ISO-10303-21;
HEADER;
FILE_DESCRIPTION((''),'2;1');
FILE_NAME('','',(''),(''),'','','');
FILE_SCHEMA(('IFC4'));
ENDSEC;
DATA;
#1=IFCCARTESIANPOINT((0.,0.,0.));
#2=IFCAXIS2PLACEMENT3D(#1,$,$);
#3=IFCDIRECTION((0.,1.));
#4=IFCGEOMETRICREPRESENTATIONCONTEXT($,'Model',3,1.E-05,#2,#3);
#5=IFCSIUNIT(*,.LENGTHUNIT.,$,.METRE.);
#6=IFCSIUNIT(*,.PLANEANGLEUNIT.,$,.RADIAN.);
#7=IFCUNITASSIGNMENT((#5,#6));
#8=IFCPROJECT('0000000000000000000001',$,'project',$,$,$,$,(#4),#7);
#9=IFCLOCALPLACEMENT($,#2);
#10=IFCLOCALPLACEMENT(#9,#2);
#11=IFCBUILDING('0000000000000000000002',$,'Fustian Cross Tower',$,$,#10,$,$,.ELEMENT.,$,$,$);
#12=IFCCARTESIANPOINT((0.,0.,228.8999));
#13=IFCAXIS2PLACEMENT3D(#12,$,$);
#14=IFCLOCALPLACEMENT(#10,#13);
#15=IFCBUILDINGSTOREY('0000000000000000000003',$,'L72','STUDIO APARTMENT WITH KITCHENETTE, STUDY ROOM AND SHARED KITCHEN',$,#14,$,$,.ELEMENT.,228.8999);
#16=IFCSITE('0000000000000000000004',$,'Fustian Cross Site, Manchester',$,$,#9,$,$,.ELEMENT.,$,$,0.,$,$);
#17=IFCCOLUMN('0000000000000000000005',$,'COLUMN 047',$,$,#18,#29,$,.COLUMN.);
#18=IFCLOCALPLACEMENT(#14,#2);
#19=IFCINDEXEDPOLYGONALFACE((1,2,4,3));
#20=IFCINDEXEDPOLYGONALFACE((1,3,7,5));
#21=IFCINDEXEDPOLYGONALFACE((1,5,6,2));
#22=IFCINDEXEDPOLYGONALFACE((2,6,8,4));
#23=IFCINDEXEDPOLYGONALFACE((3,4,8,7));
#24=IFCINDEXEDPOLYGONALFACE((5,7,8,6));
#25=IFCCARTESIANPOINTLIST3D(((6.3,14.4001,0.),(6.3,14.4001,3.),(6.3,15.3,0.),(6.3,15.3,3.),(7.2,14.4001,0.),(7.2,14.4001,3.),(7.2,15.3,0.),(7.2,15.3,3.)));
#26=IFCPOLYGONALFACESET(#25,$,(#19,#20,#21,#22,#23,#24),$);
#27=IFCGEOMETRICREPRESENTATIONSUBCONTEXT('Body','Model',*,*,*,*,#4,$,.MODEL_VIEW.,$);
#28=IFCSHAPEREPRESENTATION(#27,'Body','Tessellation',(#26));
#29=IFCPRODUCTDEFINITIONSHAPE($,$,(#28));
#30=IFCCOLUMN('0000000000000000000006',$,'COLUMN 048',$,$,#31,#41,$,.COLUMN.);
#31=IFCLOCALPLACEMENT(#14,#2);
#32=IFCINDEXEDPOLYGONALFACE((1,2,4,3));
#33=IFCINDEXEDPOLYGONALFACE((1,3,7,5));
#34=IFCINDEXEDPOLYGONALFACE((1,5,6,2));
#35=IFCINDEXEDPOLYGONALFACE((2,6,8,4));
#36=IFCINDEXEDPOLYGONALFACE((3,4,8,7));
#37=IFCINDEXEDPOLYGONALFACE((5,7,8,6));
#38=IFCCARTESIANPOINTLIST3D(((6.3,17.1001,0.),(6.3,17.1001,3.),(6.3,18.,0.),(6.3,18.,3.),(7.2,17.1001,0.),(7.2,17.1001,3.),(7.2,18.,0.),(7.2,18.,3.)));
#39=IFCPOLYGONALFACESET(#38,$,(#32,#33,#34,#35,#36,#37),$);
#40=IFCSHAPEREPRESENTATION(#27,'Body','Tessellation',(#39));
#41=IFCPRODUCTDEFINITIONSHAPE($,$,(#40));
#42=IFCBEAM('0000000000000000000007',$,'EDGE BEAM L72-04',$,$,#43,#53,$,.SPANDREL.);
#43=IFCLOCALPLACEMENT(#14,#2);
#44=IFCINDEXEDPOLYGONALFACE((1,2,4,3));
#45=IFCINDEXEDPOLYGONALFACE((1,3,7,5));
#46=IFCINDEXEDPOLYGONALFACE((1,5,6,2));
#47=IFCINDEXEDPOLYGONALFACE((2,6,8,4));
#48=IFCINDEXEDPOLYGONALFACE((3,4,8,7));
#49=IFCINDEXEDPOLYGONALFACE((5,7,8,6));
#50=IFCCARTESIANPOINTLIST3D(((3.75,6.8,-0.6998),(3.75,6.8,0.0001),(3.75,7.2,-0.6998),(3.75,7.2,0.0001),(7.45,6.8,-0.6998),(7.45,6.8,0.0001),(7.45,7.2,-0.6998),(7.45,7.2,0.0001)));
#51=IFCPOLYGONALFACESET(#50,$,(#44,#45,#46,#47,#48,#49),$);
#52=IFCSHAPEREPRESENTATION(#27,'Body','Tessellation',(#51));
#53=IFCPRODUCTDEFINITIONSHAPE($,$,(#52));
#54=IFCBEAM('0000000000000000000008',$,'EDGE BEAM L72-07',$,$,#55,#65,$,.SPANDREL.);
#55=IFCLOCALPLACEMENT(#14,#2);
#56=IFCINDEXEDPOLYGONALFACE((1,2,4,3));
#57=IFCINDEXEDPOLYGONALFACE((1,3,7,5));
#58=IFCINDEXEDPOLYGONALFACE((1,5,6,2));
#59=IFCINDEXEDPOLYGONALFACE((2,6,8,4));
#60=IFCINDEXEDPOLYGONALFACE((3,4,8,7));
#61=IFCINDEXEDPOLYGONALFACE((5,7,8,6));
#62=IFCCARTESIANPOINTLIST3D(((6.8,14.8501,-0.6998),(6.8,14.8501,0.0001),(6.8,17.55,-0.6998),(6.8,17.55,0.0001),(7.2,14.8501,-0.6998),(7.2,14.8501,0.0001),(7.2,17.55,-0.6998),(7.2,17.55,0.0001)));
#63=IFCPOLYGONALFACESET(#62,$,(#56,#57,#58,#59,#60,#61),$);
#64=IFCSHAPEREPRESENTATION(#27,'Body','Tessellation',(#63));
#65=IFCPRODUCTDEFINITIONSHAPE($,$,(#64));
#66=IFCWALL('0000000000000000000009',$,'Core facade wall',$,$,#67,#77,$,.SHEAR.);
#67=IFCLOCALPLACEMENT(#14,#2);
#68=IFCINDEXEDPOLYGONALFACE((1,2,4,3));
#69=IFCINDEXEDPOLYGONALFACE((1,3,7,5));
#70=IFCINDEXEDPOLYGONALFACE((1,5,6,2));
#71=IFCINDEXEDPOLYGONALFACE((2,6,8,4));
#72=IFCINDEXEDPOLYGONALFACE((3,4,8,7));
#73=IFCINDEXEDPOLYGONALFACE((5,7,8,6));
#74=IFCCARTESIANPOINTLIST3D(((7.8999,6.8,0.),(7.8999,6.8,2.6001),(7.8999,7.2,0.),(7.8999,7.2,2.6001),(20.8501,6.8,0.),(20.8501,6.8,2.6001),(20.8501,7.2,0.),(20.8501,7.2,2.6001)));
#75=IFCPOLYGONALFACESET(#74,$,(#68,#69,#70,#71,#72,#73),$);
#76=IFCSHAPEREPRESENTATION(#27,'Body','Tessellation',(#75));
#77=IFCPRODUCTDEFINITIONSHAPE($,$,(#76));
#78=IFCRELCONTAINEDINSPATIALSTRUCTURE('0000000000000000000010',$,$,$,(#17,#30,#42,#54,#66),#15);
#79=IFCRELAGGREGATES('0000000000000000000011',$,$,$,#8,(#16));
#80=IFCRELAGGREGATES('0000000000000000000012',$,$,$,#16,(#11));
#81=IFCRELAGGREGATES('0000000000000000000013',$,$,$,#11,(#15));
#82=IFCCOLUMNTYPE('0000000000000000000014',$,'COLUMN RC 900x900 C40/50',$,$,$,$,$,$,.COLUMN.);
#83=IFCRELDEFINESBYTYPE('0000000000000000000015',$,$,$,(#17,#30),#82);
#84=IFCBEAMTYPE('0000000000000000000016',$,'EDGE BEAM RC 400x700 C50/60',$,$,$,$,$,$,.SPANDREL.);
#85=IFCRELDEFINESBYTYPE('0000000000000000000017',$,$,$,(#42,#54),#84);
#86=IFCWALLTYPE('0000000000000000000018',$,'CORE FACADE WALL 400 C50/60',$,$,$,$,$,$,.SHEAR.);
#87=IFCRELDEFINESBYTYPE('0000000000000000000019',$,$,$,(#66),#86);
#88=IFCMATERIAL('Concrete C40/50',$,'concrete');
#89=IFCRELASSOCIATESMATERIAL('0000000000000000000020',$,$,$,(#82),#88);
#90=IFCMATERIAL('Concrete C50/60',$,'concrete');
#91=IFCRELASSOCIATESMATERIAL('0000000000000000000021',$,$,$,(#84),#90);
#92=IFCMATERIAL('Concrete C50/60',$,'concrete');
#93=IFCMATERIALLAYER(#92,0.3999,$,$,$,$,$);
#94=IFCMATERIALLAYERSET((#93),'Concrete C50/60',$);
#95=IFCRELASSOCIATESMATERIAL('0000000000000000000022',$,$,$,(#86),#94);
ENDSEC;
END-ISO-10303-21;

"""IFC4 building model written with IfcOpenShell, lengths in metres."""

from ifc_helpers import new_model, si_unit, direction, frame, frame_2d, origin, origin_2d, place, context, subcontext, project, spatial, rectangle, extrude, material, layer, layer_set, material_profile, profile_set, type_object, element, save


model = new_model("IFC4")

# Units and contexts
model_context = context("Model", 3, precision=1e-05, world=origin(), true_north=direction((0.0, 1.0)))
body_context = subcontext(model_context, "Body", "Model", "MODEL_VIEW")
ifc_project = project(units=[si_unit("LENGTHUNIT", "METRE"), si_unit("PLANEANGLEUNIT", "RADIAN")], contexts=[model_context])

# Site, building, storey
site_placement = place(None, origin())
site = spatial("IfcSite", under=ifc_project, at=site_placement, Name="Fustian Cross Site, Manchester", CompositionType="ELEMENT", RefElevation=0.0)
building_placement = place(site_placement, origin())
building = spatial("IfcBuilding", under=site, at=building_placement, Name="Fustian Cross Tower", CompositionType="ELEMENT")
storey_placement = place(building_placement, frame((0.0, 0.0, 228.8999)))
storey = spatial("IfcBuildingStorey", under=building, at=storey_placement, Name="L72", Description="STUDIO APARTMENT WITH KITCHENETTE, STUDY ROOM AND SHARED KITCHEN", CompositionType="ELEMENT", Elevation=228.8999)

# Columns
ifc_material_1 = material(Name="Concrete C40/50", Category="concrete")
ifc_material_profile_1 = material_profile(ifc_material_1, rectangle(XDim=0.8999, YDim=0.8999, at=origin_2d()), Name="RC 900x900")
ifc_profile_set_1 = profile_set([ifc_material_profile_1], Name="Concrete C40/50")
column_type = type_object("IfcColumnType", Name="COLUMN RC 900x900 C40/50", PredefinedType="COLUMN", material=ifc_profile_set_1)
for number, where, z_axis, x_axis, name in (
    (1, (6.75, 14.8501, 0.0), (0.0, 0.0, 1.0), (1.0, 0.0, 0.0), "COLUMN 047"),
    (2, (6.75, 17.55, 0.0), (0.0, 0.0, 1.0), (1.0, 0.0, 0.0), "COLUMN 048"),
):
    element("IfcColumn", number, at=place(storey_placement, frame(where, z_axis=z_axis, x_axis=x_axis)), inside=storey, type_object=column_type, Name=name, PredefinedType="COLUMN", context=body_context, shape_type="SweptSolid", body=[
        extrude(rectangle(XDim=0.8999, YDim=0.8999, at=origin_2d()), origin(), (0.0, 0.0, 1.0), 3.0),
    ])

# Beams
ifc_material_2 = material(Name="Concrete C50/60", Category="concrete")
ifc_material_profile_2 = material_profile(ifc_material_2, rectangle(XDim=0.3999, YDim=0.7, at=origin_2d()), Name="RC 400x700")
ifc_profile_set_2 = profile_set([ifc_material_profile_2], Name="Concrete C50/60")
beam_type = type_object("IfcBeamType", Name="EDGE BEAM RC 400x700 C50/60", PredefinedType="SPANDREL", material=ifc_profile_set_2)
beam_1_placement = place(storey_placement, frame((7.45, 7.0, -0.3499), z_axis=(-1.0, 0.0, 0.0), x_axis=(0.0, -1.0, 0.0)))
element("IfcBeam", 3, at=beam_1_placement, inside=storey, type_object=beam_type, Name="EDGE BEAM L72-04", PredefinedType="SPANDREL", context=body_context, shape_type="SweptSolid", body=[
    extrude(rectangle(XDim=0.3999, YDim=0.7, at=origin_2d()), origin(), (0.0, 0.0, 1.0), 3.7),
])
beam_2_placement = place(storey_placement, frame((7.0, 14.8501, -0.3499), z_axis=(0.0, 1.0, 0.0), x_axis=(-1.0, 0.0, 0.0)))
element("IfcBeam", 4, at=beam_2_placement, inside=storey, type_object=beam_type, Name="EDGE BEAM L72-07", PredefinedType="SPANDREL", context=body_context, shape_type="SweptSolid", body=[
    extrude(rectangle(XDim=0.3999, YDim=0.7, at=origin_2d()), origin(), (0.0, 0.0, 1.0), 2.7),
])

# Wall
ifc_material_3 = material(Name="Concrete C50/60", Category="concrete")
ifc_layer_1 = layer(ifc_material_3, 0.3999)
ifc_layer_set_1 = layer_set([ifc_layer_1], Name="Concrete C50/60")
wall_type_1 = type_object("IfcWallType", Name="CORE FACADE WALL 400 C50/60", PredefinedType="SHEAR", material=ifc_layer_set_1)
wall_1_placement = place(storey_placement, frame((7.8999, 7.0, 0.0), z_axis=(0.0, 0.0, 1.0), x_axis=(1.0, 0.0, 0.0)))
element("IfcWall", 5, at=wall_1_placement, inside=storey, type_object=wall_type_1, Name="Core facade wall", PredefinedType="SHEAR", context=body_context, shape_type="SweptSolid", body=[
    extrude(rectangle(XDim=12.9502, YDim=0.3999, at=frame_2d((6.4751, 0.0))), origin(), (0.0, 0.0, 1.0), 2.6001),
])

save(model, "model.ifc")
